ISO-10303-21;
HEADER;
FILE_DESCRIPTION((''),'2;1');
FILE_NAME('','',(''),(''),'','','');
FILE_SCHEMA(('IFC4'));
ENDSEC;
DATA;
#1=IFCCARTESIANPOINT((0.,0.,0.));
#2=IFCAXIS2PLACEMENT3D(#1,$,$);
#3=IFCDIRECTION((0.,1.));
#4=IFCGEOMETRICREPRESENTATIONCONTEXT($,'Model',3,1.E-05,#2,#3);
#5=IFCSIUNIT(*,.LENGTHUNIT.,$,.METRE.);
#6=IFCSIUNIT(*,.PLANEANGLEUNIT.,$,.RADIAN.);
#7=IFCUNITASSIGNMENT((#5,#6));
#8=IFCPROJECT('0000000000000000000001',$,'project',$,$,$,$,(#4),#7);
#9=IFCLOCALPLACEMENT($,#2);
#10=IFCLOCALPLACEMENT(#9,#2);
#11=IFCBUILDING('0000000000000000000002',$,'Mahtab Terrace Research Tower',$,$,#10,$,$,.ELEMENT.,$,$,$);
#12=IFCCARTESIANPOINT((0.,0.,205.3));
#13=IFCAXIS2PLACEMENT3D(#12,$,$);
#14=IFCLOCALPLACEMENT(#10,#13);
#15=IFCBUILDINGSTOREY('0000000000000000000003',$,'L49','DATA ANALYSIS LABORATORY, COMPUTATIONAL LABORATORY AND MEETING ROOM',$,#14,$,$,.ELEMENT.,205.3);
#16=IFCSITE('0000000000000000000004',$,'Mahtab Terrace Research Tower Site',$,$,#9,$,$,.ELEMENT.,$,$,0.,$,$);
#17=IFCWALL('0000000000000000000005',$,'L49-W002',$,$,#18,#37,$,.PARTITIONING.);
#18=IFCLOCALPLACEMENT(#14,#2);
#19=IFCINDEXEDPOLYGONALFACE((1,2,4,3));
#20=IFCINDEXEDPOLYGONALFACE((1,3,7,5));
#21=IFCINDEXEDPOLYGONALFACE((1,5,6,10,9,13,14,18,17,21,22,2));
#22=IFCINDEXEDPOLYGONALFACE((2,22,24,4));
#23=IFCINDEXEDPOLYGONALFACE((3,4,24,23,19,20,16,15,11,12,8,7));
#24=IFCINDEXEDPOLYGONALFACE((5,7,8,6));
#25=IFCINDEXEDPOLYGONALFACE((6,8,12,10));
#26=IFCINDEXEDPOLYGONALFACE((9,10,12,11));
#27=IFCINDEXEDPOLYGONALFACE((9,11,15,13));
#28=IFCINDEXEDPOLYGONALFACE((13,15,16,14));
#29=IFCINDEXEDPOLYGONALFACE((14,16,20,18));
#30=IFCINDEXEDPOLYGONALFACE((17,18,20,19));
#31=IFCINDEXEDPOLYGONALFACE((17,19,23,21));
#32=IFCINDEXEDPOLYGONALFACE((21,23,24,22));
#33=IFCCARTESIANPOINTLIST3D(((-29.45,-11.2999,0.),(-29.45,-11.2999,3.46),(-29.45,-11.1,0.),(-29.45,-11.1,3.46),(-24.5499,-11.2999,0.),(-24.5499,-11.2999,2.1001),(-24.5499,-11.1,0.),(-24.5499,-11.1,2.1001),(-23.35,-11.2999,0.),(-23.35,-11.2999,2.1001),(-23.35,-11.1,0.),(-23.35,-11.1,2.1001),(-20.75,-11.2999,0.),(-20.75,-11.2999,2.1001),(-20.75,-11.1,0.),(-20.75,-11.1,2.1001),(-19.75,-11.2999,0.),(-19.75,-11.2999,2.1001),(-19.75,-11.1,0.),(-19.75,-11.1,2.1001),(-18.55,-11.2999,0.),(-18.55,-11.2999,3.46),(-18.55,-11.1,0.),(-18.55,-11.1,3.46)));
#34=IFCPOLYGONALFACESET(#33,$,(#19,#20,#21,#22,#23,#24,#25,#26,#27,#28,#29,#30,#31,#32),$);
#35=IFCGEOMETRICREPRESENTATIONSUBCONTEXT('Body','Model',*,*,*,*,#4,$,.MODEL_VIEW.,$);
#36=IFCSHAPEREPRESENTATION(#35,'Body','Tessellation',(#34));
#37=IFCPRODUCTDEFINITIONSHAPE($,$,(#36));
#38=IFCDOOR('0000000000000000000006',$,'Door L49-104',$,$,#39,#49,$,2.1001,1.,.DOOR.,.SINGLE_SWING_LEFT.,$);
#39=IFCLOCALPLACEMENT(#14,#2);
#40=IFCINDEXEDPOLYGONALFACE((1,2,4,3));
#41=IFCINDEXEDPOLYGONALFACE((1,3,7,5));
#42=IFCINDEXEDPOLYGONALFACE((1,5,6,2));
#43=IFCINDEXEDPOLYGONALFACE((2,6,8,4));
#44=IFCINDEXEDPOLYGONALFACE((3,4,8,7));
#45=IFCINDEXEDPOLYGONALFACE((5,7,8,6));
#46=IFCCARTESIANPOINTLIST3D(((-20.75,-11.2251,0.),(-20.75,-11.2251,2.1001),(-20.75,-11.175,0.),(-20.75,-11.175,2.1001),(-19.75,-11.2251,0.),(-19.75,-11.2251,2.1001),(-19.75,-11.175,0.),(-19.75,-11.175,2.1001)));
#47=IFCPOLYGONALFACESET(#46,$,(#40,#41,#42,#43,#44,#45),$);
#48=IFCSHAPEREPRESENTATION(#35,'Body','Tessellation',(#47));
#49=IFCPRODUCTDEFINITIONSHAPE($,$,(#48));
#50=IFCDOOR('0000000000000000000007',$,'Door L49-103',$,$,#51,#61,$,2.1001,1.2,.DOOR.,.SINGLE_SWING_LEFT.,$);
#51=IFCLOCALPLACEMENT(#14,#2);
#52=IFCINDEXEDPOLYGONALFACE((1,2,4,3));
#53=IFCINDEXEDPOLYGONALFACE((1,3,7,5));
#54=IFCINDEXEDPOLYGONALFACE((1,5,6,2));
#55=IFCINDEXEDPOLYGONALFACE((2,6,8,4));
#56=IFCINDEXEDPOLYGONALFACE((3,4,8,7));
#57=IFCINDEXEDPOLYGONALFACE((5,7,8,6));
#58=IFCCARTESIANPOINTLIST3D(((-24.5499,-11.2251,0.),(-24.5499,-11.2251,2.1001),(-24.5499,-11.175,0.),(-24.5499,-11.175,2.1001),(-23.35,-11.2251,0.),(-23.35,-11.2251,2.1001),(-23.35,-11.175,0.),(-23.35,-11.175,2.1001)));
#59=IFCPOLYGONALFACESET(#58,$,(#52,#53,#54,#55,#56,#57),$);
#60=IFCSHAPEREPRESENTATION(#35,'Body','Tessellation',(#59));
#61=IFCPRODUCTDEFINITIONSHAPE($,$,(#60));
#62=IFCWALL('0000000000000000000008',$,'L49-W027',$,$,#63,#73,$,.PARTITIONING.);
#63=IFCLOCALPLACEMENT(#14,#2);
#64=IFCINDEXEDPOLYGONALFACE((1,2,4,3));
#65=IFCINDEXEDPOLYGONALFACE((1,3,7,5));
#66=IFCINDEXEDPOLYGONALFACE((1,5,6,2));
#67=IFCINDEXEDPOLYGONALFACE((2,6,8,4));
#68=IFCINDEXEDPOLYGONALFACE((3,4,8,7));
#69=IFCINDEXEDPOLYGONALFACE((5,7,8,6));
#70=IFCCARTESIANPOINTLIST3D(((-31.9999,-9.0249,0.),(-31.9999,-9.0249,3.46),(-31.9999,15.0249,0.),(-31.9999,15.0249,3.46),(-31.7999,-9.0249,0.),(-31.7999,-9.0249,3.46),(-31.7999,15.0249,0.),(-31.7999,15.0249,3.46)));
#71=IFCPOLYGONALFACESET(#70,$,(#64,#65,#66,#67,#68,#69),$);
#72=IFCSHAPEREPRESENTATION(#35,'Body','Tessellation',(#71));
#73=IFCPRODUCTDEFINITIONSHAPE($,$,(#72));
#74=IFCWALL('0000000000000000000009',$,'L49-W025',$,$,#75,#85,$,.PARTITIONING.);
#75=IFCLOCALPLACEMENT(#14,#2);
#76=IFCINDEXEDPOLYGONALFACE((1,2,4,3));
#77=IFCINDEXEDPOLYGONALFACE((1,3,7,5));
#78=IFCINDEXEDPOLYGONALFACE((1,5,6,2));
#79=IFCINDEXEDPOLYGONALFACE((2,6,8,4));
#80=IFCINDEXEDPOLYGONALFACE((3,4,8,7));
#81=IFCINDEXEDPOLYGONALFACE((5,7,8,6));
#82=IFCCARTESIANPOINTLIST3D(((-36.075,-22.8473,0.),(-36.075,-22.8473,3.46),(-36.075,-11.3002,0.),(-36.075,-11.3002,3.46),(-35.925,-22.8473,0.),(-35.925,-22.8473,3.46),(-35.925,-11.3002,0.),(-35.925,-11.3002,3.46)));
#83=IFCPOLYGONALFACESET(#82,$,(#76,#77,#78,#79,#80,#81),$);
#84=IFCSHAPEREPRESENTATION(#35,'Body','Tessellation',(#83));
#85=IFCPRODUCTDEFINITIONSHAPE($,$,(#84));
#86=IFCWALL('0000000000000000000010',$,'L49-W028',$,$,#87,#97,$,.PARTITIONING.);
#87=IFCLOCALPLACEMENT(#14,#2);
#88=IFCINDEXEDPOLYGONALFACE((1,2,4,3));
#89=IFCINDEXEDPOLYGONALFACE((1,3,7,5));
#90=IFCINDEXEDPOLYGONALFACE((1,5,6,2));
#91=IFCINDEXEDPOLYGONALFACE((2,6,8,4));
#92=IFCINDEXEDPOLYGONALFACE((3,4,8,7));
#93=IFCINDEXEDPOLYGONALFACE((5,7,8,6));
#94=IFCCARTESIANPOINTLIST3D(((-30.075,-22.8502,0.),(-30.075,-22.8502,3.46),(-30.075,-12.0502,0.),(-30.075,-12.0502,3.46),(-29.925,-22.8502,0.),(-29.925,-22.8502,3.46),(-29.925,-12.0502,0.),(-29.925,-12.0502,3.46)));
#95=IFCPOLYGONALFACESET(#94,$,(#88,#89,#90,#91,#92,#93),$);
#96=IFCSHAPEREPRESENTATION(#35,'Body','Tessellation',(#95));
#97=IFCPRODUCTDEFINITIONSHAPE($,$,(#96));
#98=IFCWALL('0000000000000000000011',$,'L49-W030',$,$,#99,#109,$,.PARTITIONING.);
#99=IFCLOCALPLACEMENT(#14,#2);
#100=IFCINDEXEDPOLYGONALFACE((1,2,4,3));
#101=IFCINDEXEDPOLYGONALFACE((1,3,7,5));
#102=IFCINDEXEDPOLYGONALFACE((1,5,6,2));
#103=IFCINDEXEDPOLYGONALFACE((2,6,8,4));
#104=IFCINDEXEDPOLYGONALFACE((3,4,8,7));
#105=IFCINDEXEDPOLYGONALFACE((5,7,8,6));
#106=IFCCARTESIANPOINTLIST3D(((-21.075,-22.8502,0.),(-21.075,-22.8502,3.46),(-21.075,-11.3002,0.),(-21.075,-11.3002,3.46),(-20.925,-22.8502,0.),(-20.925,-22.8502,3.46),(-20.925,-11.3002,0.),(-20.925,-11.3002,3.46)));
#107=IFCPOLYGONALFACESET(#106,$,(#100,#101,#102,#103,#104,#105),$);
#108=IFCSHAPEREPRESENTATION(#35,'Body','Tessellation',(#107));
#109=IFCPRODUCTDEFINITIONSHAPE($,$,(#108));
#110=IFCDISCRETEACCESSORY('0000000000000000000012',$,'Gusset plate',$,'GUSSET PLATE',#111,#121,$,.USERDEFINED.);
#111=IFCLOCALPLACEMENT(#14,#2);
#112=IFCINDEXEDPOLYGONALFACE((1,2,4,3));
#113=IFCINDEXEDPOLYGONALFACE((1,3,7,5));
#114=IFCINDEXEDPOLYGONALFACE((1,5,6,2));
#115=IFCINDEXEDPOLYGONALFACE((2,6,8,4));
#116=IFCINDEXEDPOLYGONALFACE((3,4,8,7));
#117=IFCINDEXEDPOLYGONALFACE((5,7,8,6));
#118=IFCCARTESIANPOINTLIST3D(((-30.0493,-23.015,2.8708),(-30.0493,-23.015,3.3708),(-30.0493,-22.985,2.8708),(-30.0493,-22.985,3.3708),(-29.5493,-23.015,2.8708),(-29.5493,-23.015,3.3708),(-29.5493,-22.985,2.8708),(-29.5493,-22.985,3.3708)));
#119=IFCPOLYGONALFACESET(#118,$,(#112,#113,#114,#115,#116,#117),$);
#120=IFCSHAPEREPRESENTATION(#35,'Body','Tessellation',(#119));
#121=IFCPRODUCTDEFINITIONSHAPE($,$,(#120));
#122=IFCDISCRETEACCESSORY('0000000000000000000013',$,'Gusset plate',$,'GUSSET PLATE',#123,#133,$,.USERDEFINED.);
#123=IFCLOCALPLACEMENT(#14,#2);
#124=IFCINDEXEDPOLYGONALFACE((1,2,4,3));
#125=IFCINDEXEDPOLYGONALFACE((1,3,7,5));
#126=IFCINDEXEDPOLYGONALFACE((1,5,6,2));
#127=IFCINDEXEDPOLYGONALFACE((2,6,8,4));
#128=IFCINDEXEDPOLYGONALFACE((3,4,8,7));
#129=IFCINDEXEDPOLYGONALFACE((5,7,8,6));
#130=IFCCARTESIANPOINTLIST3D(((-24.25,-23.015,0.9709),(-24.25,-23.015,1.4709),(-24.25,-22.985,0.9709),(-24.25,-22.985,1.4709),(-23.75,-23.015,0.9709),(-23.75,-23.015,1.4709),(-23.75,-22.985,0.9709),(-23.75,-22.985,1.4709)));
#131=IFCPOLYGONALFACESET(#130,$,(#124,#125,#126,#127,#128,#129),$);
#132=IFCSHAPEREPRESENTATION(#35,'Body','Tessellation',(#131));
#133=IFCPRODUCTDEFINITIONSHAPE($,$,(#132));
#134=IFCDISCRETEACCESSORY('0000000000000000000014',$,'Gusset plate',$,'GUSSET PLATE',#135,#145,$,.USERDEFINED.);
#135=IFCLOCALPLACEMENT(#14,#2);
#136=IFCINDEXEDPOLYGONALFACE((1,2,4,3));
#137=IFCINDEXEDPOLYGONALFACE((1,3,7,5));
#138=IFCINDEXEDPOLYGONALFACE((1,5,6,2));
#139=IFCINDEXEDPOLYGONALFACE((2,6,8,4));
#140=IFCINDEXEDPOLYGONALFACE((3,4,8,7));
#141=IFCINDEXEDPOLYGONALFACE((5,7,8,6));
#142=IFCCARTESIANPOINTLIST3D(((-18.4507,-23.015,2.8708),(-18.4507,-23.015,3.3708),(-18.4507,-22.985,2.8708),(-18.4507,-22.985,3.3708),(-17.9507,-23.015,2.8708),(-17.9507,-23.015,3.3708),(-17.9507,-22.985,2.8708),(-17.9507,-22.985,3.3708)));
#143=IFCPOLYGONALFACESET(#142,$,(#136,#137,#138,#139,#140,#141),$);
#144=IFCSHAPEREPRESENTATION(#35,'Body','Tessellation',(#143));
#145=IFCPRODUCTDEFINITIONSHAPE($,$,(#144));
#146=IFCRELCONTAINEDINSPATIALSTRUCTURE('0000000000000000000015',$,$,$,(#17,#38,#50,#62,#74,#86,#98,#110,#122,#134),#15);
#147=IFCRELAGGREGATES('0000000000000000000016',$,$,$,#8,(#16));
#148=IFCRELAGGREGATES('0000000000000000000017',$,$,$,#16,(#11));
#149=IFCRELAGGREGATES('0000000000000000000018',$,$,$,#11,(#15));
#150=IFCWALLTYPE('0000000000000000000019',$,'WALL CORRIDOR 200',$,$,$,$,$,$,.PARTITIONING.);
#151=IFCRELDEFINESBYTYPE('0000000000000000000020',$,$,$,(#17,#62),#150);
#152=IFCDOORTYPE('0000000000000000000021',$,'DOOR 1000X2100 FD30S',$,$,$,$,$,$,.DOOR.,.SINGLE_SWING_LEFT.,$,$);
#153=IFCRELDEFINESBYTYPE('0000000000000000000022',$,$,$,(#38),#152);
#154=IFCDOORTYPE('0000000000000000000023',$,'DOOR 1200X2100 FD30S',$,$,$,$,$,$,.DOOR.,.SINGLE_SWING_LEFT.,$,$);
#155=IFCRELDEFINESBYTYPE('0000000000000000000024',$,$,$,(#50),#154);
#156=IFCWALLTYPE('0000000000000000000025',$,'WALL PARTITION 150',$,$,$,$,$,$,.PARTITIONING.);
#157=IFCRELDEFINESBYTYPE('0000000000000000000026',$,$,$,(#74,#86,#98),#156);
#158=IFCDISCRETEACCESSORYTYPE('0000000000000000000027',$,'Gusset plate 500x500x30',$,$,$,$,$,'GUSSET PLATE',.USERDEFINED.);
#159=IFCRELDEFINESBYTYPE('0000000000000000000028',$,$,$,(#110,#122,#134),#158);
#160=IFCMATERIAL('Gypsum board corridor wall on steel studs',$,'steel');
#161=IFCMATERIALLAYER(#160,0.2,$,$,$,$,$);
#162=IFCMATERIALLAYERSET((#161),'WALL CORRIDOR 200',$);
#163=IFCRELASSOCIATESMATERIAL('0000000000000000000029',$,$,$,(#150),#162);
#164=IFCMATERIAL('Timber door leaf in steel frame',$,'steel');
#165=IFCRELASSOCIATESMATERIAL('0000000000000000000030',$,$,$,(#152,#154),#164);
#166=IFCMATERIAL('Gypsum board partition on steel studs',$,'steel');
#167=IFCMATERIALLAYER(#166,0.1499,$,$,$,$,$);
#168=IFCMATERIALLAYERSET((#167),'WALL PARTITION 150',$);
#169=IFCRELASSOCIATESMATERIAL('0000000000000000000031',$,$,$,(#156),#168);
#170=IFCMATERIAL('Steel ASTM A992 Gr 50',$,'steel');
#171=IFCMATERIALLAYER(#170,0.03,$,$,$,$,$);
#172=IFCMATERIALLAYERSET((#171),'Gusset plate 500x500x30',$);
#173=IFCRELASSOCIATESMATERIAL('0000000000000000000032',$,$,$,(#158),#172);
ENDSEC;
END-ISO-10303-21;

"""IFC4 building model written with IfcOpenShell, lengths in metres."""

from ifc_helpers import new_model, si_unit, direction, frame, frame_2d, origin, origin_2d, place, context, subcontext, project, spatial, rectangle, extrude, material, layer, layer_set, type_object, element, fill, save


model = new_model("IFC4")

# Units and contexts
model_context = context("Model", 3, precision=1e-05, world=origin(), true_north=direction((0.0, 1.0)))
body_context = subcontext(model_context, "Body", "Model", "MODEL_VIEW")
ifc_project = project(units=[si_unit("LENGTHUNIT", "METRE"), si_unit("PLANEANGLEUNIT", "RADIAN")], contexts=[model_context])

# Site, building, storey
site_placement = place(None, origin())
site = spatial("IfcSite", under=ifc_project, at=site_placement, Name="Mahtab Terrace Research Tower Site", CompositionType="ELEMENT", RefElevation=0.0)
building_placement = place(site_placement, origin())
building = spatial("IfcBuilding", under=site, at=building_placement, Name="Mahtab Terrace Research Tower", CompositionType="ELEMENT")
storey_placement = place(building_placement, frame((0.0, 0.0, 205.3)))
storey = spatial("IfcBuildingStorey", under=building, at=storey_placement, Name="L49", Description="DATA ANALYSIS LABORATORY, COMPUTATIONAL LABORATORY AND MEETING ROOM", CompositionType="ELEMENT", Elevation=205.3)

# Shared definitions
ifc_material_1 = material(Name="Steel ASTM A992 Gr 50", Category="steel")

# Wall, openings, doors
ifc_material_2 = material(Name="Gypsum board corridor wall on steel studs", Category="steel")
ifc_layer_1 = layer(ifc_material_2, 0.2)
ifc_layer_set_1 = layer_set([ifc_layer_1], Name="WALL CORRIDOR 200")
wall_type_1 = type_object("IfcWallType", Name="WALL CORRIDOR 200", PredefinedType="PARTITIONING", material=ifc_layer_set_1)
wall_1_placement = place(storey_placement, frame((-29.45, -11.2, 0.0), z_axis=(0.0, 0.0, 1.0), x_axis=(1.0, 0.0, 0.0)))
wall_1 = element("IfcWall", 1, at=wall_1_placement, inside=storey, type_object=wall_type_1, Name="L49-W002", PredefinedType="PARTITIONING", context=body_context, shape_type="SweptSolid", body=[
    extrude(rectangle(XDim=10.8999, YDim=0.2, at=frame_2d((5.45, 0.0))), origin(), (0.0, 0.0, 1.0), 3.46),
])
opening_1_placement = place(wall_1_placement, frame((4.8999, 0.0, 0.0)))
opening_1 = element("IfcOpeningElement", 2, at=opening_1_placement, cuts=wall_1, PredefinedType="OPENING", context=body_context, shape_type="SweptSolid", body=[
    extrude(rectangle(XDim=1.2, YDim=2.1001, at=frame_2d((0.6001, 1.05))), frame((0.0, 0.1099, 0.0), z_axis=(0.0, -1.0, 0.0), x_axis=(1.0, 0.0, 0.0)), (0.0, 0.0, 1.0), 0.22),
])
opening_2_placement = place(wall_1_placement, frame((8.7, 0.0, 0.0)))
opening_2 = element("IfcOpeningElement", 3, at=opening_2_placement, cuts=wall_1, PredefinedType="OPENING", context=body_context, shape_type="SweptSolid", body=[
    extrude(rectangle(XDim=1.0, YDim=2.1001, at=frame_2d((0.5, 1.05))), frame((0.0, 0.1099, 0.0), z_axis=(0.0, -1.0, 0.0), x_axis=(1.0, 0.0, 0.0)), (0.0, 0.0, 1.0), 0.22),
])
ifc_material_3 = material(Name="Timber door leaf in steel frame", Category="steel")
door_type_1 = type_object("IfcDoorType", Name="DOOR 1000X2100 FD30S", OperationType="SINGLE_SWING_LEFT", PredefinedType="DOOR", material=ifc_material_3)
door_1_placement = place(opening_2_placement, origin())
door_1 = element("IfcDoor", 4, at=door_1_placement, inside=storey, type_object=door_type_1, Name="Door L49-104", OperationType="SINGLE_SWING_LEFT", OverallHeight=2.1001, OverallWidth=1.0, PredefinedType="DOOR", context=body_context, shape_type="SweptSolid", body=[
    extrude(rectangle(XDim=1.0, YDim=2.1001, at=frame_2d((0.5, 1.05))), frame((0.0, 0.0249, 0.0), z_axis=(0.0, -1.0, 0.0), x_axis=(1.0, 0.0, 0.0)), (0.0, 0.0, 1.0), 0.05),
])
fill(opening_2, door_1)
door_type_2 = type_object("IfcDoorType", Name="DOOR 1200X2100 FD30S", OperationType="SINGLE_SWING_LEFT", PredefinedType="DOOR", material=ifc_material_3)
door_2_placement = place(opening_1_placement, origin())
door_2 = element("IfcDoor", 5, at=door_2_placement, inside=storey, type_object=door_type_2, Name="Door L49-103", OperationType="SINGLE_SWING_LEFT", OverallHeight=2.1001, OverallWidth=1.2, PredefinedType="DOOR", context=body_context, shape_type="SweptSolid", body=[
    extrude(rectangle(XDim=1.2, YDim=2.1001, at=frame_2d((0.6001, 1.05))), frame((0.0, 0.0249, 0.0), z_axis=(0.0, -1.0, 0.0), x_axis=(1.0, 0.0, 0.0)), (0.0, 0.0, 1.0), 0.05),
])
fill(opening_1, door_2)

# Walls
wall_2_placement = place(storey_placement, frame((-31.8999, -9.0249, 0.0), z_axis=(0.0, 0.0, 1.0), x_axis=(0.0, 1.0, 0.0)))
element("IfcWall", 6, at=wall_2_placement, inside=storey, type_object=wall_type_1, Name="L49-W027", PredefinedType="PARTITIONING", context=body_context, shape_type="SweptSolid", body=[
    extrude(rectangle(XDim=24.0498, YDim=0.2, at=frame_2d((12.0249, 0.0))), origin(), (0.0, 0.0, 1.0), 3.46),
])
ifc_material_4 = material(Name="Gypsum board partition on steel studs", Category="steel")
ifc_layer_2 = layer(ifc_material_4, 0.1499)
ifc_layer_set_2 = layer_set([ifc_layer_2], Name="WALL PARTITION 150")
wall_type_2 = type_object("IfcWallType", Name="WALL PARTITION 150", PredefinedType="PARTITIONING", material=ifc_layer_set_2)
wall_3_placement = place(storey_placement, frame((-36.0, -22.8472, 0.0), z_axis=(0.0, 0.0, 1.0), x_axis=(0.0, 1.0, 0.0)))
element("IfcWall", 7, at=wall_3_placement, inside=storey, type_object=wall_type_2, Name="L49-W025", PredefinedType="PARTITIONING", context=body_context, shape_type="SweptSolid", body=[
    extrude(rectangle(XDim=11.5471, YDim=0.1499, at=frame_2d((5.7734, 0.0))), origin(), (0.0, 0.0, 1.0), 3.46),
])
wall_4_placement = place(storey_placement, frame((-30.0, -22.8501, 0.0), z_axis=(0.0, 0.0, 1.0), x_axis=(0.0, 1.0, 0.0)))
element("IfcWall", 8, at=wall_4_placement, inside=storey, type_object=wall_type_2, Name="L49-W028", PredefinedType="PARTITIONING", context=body_context, shape_type="SweptSolid", body=[
    extrude(rectangle(XDim=10.8, YDim=0.1499, at=frame_2d((5.3999, 0.0))), origin(), (0.0, 0.0, 1.0), 3.46),
])
wall_5_placement = place(storey_placement, frame((-21.0, -22.8501, 0.0), z_axis=(0.0, 0.0, 1.0), x_axis=(0.0, 1.0, 0.0)))
element("IfcWall", 9, at=wall_5_placement, inside=storey, type_object=wall_type_2, Name="L49-W030", PredefinedType="PARTITIONING", context=body_context, shape_type="SweptSolid", body=[
    extrude(rectangle(XDim=11.55, YDim=0.1499, at=frame_2d((5.7749, 0.0))), origin(), (0.0, 0.0, 1.0), 3.46),
])

# Discrete accessories
ifc_layer_3 = layer(ifc_material_1, 0.03)
ifc_layer_set_3 = layer_set([ifc_layer_3], Name="Gusset plate 500x500x30")
discrete_accessory_type = type_object("IfcDiscreteAccessoryType", Name="Gusset plate 500x500x30", ElementType="GUSSET PLATE", PredefinedType="USERDEFINED", material=ifc_layer_set_3)
for number, where, z_axis, x_axis, name in (
    (10, (-29.7993, -23.0, 2.8708), (0.0, 0.0, 1.0), (1.0, 0.0, 0.0), "Gusset plate"),
    (11, (-24.0, -23.0, 0.9709), (0.0, 0.0, 1.0), (1.0, 0.0, 0.0), "Gusset plate"),
    (12, (-18.2007, -23.0, 2.8708), (0.0, 0.0, 1.0), (1.0, 0.0, 0.0), "Gusset plate"),
):
    element("IfcDiscreteAccessory", number, at=place(storey_placement, frame(where, z_axis=z_axis, x_axis=x_axis)), inside=storey, type_object=discrete_accessory_type, Name=name, ObjectType="GUSSET PLATE", PredefinedType="USERDEFINED", context=body_context, shape_type="SweptSolid", body=[
        extrude(rectangle(XDim=0.5, YDim=0.03, at=origin_2d()), origin(), (0.0, 0.0, 1.0), 0.5),
    ])

save(model, "model.ifc")
